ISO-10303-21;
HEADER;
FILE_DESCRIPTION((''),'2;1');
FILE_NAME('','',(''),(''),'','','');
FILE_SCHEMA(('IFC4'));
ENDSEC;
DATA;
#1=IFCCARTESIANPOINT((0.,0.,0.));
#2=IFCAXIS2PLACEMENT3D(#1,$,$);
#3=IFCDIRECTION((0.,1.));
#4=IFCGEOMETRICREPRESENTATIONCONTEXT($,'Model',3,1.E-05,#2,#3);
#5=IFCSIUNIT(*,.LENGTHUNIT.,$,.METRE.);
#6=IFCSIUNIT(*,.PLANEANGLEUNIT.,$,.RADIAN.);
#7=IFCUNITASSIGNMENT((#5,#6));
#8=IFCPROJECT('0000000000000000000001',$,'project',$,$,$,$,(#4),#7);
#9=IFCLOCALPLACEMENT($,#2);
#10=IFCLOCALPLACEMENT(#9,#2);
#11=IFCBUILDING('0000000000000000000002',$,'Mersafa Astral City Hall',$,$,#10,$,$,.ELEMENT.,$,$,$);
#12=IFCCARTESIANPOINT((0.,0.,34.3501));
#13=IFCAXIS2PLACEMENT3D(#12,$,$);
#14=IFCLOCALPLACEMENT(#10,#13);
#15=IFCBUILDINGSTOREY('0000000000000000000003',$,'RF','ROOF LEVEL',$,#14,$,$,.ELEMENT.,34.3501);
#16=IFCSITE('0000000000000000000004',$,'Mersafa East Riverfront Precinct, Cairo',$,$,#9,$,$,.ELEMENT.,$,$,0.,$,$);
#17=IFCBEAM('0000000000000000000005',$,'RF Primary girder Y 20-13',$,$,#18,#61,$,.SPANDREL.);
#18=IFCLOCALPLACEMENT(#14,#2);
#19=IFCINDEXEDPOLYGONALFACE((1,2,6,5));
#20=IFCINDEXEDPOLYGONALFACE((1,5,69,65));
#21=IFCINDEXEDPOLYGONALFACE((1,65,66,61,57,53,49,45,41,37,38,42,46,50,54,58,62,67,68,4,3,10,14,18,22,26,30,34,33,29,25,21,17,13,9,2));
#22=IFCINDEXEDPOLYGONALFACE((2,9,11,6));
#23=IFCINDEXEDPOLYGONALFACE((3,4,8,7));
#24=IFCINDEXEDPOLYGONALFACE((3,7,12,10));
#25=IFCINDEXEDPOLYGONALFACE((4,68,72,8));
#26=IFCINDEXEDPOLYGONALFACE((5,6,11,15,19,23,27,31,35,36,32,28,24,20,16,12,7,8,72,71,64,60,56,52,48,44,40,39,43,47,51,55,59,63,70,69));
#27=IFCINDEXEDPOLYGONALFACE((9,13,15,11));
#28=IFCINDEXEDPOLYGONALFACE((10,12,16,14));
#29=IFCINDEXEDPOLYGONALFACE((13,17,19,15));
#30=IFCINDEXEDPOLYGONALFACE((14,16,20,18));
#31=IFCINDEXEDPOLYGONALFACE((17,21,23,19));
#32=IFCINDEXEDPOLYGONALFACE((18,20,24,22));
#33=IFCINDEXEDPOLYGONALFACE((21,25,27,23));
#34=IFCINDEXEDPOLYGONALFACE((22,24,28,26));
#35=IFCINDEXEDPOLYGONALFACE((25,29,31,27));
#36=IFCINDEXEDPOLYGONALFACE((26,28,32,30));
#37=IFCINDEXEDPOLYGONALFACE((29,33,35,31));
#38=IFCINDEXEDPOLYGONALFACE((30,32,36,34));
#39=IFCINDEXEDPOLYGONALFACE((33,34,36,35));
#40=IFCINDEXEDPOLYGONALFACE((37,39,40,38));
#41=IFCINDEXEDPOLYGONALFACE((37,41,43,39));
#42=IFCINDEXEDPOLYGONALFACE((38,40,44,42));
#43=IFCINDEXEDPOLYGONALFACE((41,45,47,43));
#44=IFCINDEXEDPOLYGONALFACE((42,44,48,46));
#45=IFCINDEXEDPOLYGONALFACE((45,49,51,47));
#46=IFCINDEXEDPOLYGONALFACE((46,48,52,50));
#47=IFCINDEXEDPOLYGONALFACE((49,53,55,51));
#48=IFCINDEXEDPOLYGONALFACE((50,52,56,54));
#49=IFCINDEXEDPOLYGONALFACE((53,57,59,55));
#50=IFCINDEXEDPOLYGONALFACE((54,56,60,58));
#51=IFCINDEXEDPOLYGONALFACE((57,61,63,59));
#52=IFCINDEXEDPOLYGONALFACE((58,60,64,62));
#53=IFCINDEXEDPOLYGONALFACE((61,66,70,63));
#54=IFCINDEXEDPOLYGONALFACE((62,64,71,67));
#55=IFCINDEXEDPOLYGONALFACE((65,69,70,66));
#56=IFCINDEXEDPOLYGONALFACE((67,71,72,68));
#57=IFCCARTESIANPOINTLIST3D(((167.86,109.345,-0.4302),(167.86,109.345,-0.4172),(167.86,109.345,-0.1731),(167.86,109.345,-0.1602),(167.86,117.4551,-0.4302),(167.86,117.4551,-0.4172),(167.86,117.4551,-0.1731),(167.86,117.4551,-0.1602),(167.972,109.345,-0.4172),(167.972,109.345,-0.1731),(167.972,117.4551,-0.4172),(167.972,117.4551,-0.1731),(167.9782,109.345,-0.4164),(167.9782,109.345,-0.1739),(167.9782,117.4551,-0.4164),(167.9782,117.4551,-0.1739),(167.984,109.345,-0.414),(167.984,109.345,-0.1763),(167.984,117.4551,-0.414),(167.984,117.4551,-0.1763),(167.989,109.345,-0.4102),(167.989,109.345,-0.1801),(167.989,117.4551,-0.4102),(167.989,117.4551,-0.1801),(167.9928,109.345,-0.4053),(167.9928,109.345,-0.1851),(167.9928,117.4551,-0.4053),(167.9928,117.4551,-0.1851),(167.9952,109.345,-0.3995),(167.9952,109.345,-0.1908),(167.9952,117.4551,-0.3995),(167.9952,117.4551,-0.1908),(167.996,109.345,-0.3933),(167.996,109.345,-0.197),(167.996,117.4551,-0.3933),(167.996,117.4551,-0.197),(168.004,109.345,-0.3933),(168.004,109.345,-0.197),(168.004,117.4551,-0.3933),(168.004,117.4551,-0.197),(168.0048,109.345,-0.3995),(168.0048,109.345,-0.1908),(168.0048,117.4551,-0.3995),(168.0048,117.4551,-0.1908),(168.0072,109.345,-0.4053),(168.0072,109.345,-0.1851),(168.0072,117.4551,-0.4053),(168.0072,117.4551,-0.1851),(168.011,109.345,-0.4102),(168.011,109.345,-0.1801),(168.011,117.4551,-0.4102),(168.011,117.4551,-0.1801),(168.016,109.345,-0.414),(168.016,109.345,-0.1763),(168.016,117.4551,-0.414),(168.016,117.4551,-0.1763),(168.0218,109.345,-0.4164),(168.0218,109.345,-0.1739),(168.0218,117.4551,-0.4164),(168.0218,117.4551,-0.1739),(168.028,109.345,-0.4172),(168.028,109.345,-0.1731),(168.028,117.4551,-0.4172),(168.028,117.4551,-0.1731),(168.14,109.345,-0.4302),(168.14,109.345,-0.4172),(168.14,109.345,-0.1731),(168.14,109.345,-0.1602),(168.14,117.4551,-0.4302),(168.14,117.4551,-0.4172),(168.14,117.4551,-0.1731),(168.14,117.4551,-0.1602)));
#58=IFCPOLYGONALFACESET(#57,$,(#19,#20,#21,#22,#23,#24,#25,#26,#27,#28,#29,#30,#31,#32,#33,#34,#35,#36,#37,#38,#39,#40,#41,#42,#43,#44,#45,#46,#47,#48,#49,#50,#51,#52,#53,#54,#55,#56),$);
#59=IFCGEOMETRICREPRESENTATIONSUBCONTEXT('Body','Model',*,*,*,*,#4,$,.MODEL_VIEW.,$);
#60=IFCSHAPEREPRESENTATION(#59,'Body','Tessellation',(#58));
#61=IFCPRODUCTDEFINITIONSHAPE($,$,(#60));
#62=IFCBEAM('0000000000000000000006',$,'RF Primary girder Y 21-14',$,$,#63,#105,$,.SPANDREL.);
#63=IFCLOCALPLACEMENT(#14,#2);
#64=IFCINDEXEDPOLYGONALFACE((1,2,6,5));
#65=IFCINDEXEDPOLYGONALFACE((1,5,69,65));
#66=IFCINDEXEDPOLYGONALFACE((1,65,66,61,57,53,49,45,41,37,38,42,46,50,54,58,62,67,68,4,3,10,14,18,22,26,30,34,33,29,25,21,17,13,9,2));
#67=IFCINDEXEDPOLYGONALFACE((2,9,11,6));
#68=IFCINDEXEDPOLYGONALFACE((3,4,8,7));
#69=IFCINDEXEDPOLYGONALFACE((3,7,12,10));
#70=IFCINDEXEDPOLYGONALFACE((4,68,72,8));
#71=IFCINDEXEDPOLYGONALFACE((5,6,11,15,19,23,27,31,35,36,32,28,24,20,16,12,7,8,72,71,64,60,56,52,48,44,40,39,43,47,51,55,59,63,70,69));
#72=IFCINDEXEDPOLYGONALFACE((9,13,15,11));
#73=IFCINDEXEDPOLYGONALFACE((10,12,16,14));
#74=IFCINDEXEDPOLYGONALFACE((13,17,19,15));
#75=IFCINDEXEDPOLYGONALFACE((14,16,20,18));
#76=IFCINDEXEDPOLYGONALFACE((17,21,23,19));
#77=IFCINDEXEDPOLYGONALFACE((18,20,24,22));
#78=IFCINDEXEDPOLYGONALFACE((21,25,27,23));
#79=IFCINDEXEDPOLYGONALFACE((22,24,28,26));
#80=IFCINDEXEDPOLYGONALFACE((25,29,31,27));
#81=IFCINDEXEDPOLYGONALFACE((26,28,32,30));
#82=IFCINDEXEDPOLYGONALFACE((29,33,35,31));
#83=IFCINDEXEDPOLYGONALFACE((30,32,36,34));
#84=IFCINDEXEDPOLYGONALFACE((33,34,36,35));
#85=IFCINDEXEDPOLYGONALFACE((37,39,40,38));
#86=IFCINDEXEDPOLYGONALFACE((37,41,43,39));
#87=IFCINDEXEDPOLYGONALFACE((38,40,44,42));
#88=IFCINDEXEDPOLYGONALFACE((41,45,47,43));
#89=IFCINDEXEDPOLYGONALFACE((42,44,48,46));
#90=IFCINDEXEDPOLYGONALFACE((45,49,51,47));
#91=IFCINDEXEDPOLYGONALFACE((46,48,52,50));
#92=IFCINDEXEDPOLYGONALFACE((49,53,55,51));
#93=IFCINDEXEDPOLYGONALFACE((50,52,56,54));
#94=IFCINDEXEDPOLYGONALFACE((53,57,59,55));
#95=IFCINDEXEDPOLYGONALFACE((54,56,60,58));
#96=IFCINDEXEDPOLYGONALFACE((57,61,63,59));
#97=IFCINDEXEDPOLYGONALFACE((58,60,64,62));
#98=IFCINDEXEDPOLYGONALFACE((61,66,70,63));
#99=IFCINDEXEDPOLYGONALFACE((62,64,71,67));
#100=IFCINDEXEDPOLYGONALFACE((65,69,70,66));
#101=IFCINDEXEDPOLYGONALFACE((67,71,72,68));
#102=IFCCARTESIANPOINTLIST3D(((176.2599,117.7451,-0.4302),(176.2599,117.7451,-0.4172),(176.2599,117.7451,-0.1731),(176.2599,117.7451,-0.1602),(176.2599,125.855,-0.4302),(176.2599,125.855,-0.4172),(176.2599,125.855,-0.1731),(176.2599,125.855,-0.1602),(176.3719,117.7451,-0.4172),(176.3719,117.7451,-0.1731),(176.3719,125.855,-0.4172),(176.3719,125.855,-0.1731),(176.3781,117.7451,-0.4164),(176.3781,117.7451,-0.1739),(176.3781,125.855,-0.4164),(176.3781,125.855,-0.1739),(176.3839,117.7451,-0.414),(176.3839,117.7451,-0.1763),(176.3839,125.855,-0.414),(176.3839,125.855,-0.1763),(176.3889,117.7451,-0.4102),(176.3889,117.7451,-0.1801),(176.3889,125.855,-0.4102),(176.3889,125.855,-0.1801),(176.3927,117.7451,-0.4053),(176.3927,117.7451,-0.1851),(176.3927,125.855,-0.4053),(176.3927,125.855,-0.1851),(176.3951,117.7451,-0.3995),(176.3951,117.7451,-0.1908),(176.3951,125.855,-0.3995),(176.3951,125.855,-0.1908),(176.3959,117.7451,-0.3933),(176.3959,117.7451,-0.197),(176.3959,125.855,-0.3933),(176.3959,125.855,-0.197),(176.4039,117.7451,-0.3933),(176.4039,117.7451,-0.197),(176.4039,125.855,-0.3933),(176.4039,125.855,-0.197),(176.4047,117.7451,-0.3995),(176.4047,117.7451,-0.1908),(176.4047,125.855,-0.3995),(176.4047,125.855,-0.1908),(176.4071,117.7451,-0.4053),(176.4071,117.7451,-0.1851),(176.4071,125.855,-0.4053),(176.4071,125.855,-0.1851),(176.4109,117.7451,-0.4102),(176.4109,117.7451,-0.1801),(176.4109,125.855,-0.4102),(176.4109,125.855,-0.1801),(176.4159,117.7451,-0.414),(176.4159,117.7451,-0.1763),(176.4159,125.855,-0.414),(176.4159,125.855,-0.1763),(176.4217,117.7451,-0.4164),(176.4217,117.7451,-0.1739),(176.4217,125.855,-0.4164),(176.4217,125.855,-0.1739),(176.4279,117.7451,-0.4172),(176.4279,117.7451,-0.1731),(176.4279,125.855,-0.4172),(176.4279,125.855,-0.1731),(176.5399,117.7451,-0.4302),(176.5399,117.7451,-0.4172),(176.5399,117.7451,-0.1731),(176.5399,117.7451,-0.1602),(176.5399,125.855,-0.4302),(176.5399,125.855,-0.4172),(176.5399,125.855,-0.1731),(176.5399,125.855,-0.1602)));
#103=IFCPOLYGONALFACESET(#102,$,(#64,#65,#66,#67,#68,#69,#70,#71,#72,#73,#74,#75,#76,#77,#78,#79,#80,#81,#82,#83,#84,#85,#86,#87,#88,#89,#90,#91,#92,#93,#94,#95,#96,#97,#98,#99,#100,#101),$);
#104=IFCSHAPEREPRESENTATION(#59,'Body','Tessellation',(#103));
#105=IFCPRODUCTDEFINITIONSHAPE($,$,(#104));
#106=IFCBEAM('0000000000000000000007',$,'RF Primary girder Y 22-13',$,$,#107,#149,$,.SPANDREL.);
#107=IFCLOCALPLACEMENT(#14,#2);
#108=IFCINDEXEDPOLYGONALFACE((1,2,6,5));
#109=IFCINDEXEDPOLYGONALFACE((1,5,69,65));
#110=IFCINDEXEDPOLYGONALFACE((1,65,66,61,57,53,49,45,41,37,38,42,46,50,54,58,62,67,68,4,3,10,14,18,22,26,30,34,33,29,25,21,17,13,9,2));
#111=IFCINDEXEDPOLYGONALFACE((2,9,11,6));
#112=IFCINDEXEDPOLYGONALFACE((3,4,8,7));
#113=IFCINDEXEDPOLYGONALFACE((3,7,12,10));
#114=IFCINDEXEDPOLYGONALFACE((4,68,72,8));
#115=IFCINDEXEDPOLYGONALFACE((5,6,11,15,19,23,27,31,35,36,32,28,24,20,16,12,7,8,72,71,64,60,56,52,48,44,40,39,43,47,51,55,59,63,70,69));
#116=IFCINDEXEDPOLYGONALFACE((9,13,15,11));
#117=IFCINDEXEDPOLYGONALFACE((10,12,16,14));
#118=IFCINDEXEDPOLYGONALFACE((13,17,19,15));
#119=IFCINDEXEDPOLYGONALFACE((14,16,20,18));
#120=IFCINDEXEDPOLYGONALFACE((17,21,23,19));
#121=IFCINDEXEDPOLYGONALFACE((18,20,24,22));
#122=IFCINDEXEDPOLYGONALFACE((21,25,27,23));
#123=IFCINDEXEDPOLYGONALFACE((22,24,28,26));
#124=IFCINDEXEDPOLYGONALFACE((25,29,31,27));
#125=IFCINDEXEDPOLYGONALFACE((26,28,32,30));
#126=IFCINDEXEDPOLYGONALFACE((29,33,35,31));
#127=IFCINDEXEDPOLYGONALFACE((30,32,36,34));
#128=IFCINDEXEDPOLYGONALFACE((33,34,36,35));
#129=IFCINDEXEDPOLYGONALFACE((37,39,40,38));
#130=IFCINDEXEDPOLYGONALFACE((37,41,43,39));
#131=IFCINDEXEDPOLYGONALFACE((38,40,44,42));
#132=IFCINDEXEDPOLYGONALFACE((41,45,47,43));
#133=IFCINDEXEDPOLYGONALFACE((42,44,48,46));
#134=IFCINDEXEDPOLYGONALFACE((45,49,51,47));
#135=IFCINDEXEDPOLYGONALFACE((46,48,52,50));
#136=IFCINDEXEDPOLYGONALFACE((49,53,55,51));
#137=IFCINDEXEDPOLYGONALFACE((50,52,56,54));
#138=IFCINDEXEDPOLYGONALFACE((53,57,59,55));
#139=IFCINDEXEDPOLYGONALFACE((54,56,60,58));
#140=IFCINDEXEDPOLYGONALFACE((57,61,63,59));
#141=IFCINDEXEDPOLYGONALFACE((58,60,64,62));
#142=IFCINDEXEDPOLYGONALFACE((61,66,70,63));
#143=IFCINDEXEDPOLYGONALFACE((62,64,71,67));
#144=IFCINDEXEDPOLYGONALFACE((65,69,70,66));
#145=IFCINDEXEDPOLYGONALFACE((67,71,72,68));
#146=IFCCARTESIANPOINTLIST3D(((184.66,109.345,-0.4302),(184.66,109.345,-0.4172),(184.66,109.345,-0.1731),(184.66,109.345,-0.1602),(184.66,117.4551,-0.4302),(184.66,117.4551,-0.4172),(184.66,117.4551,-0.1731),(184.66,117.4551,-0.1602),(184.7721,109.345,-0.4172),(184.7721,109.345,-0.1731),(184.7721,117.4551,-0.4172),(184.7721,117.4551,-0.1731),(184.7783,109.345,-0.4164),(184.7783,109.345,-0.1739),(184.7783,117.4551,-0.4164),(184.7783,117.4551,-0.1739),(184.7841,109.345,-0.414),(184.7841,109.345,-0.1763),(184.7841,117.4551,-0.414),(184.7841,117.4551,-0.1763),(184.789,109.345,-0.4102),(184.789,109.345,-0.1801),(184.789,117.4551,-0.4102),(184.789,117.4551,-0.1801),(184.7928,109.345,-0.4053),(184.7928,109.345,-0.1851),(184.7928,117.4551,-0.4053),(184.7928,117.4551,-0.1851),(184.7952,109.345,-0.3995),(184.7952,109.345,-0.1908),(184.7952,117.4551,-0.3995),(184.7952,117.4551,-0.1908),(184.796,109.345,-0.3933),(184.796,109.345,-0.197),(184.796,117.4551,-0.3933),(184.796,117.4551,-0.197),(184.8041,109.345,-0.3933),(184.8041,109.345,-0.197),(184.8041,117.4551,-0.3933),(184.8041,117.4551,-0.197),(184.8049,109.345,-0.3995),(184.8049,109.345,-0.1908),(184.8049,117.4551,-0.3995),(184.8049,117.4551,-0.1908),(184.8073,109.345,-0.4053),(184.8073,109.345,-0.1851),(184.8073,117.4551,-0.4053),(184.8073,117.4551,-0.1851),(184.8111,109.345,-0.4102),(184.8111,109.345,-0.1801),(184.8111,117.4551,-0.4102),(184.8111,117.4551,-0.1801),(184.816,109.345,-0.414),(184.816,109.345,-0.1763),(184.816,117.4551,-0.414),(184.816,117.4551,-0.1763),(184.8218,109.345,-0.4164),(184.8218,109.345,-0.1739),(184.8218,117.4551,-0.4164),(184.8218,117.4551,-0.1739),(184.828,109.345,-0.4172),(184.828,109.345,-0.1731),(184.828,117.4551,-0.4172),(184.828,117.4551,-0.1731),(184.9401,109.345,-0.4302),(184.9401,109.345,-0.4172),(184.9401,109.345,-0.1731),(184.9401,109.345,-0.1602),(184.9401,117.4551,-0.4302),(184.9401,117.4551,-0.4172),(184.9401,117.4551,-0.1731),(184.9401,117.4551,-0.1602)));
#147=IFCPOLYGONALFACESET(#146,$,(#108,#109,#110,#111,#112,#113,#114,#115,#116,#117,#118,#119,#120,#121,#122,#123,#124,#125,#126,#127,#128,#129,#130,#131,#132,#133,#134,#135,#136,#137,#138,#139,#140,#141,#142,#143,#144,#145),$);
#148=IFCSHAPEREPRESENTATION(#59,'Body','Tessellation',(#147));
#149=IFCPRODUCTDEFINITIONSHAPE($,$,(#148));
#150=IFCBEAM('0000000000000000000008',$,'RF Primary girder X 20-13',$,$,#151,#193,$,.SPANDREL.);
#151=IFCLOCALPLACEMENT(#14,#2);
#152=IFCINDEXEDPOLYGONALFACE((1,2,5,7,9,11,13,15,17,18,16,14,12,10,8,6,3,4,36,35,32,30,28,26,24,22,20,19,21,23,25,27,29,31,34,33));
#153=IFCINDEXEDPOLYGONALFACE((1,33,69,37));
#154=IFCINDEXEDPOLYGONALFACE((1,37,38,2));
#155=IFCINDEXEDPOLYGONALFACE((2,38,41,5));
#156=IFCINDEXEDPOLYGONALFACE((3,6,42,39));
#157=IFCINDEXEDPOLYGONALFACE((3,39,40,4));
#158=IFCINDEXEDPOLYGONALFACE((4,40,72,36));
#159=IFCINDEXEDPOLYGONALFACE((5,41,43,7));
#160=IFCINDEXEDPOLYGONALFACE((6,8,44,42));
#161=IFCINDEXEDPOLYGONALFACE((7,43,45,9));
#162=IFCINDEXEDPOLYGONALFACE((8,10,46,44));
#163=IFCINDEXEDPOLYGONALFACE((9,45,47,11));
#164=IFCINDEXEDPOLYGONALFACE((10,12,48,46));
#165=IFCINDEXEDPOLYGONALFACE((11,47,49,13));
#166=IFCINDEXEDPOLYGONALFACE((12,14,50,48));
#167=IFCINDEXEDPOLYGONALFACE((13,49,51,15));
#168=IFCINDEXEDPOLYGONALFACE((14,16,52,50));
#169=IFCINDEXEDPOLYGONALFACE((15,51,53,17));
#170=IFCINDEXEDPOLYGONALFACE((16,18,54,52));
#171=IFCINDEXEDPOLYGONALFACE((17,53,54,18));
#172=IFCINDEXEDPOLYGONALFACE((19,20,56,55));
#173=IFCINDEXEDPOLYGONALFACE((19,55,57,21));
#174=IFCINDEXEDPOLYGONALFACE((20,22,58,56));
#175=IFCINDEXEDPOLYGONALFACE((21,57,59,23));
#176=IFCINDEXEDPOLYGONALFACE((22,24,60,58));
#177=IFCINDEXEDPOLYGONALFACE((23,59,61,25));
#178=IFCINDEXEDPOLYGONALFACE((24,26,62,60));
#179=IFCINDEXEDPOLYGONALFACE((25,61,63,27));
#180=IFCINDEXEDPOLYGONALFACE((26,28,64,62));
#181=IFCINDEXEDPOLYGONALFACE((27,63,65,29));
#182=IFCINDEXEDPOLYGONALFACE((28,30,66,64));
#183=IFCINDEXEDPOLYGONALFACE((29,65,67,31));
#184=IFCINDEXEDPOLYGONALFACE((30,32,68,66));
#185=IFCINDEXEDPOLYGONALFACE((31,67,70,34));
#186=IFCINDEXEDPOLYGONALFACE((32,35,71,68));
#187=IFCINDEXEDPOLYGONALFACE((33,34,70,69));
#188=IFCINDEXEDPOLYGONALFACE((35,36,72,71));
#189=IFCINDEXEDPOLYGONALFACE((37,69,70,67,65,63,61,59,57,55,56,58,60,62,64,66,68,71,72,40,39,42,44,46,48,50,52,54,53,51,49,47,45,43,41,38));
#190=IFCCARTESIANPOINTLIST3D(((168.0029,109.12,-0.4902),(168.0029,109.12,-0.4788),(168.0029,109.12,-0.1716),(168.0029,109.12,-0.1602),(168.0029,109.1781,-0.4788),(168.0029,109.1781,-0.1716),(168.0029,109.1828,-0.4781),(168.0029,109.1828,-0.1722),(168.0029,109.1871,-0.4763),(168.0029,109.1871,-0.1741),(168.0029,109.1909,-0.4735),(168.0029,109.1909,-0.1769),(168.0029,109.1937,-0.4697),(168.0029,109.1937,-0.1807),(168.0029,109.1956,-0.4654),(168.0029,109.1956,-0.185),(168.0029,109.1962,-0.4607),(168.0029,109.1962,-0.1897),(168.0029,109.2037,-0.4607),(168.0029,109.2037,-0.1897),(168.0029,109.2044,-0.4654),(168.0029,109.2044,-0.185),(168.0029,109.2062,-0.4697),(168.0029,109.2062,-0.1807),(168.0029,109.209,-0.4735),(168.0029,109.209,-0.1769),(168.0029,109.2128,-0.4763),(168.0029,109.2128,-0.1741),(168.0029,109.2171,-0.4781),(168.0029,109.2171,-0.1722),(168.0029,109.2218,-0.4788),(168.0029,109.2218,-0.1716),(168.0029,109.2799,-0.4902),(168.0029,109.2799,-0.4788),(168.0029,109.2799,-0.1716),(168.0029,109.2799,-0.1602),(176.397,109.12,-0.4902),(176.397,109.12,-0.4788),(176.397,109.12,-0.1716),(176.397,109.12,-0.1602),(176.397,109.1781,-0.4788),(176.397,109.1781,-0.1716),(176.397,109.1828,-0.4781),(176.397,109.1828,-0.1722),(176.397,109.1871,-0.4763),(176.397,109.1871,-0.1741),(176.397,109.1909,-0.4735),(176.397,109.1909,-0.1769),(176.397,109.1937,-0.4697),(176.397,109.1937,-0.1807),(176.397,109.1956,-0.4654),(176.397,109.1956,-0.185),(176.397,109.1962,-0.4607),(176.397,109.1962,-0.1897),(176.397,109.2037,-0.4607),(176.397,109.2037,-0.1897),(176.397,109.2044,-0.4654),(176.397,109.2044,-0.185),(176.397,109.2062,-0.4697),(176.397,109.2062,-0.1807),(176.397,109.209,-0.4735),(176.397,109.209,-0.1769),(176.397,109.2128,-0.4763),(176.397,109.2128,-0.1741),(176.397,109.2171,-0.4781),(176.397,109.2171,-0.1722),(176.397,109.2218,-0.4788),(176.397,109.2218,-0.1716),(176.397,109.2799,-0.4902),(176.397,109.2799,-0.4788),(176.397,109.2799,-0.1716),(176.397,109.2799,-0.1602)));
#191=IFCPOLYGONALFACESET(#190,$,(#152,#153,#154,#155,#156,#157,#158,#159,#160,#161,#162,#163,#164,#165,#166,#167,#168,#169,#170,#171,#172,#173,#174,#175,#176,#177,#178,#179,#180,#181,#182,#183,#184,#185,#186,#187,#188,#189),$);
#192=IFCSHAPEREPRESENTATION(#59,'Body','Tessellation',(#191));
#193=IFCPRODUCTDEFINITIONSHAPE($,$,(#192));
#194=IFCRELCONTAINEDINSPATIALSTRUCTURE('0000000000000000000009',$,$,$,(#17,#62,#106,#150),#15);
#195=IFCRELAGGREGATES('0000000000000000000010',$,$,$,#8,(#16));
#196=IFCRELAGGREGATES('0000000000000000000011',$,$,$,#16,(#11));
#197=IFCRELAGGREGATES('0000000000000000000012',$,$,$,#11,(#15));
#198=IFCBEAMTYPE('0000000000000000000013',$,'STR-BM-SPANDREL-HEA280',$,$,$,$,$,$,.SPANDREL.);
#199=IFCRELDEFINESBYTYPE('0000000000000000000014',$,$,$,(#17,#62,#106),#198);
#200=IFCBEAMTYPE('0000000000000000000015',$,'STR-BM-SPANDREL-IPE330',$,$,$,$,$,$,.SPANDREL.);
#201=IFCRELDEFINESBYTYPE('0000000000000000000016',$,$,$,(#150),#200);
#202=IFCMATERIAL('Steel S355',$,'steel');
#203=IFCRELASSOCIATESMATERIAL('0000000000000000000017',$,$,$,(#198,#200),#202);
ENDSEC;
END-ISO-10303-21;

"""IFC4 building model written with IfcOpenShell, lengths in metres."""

from ifc_helpers import new_model, si_unit, direction, frame, origin, origin_2d, place, context, subcontext, project, spatial, i_section, extrude, material, material_profile, profile_set, type_object, element, save


model = new_model("IFC4")

# Units and contexts
model_context = context("Model", 3, precision=1e-05, world=origin(), true_north=direction((0.0, 1.0)))
body_context = subcontext(model_context, "Body", "Model", "MODEL_VIEW")
ifc_project = project(units=[si_unit("LENGTHUNIT", "METRE"), si_unit("PLANEANGLEUNIT", "RADIAN")], contexts=[model_context])

# Site, building, storey
site_placement = place(None, origin())
site = spatial("IfcSite", under=ifc_project, at=site_placement, Name="Mersafa East Riverfront Precinct, Cairo", CompositionType="ELEMENT", RefElevation=0.0)
building_placement = place(site_placement, origin())
building = spatial("IfcBuilding", under=site, at=building_placement, Name="Mersafa Astral City Hall", CompositionType="ELEMENT")
storey_placement = place(building_placement, frame((0.0, 0.0, 34.3501)))
storey = spatial("IfcBuildingStorey", under=building, at=storey_placement, Name="RF", Description="ROOF LEVEL", CompositionType="ELEMENT", Elevation=34.3501)

# Shared definitions
ifc_material_1 = material(Name="Steel S355", Category="steel")

# Beams
ifc_material_profile_1 = material_profile(ifc_material_1, i_section(OverallWidth=0.28, OverallDepth=0.27, WebThickness=0.0081, FlangeThickness=0.0129, FilletRadius=0.0239, at=origin_2d()), Name="HEA 280")
ifc_profile_set_1 = profile_set([ifc_material_profile_1], Name="Steel S355")
beam_type_1 = type_object("IfcBeamType", Name="STR-BM-SPANDREL-HEA280", PredefinedType="SPANDREL", material=ifc_profile_set_1)
beam_1_placement = place(storey_placement, frame((168.0, 109.345, -0.2952), z_axis=(0.0, 1.0, 0.0), x_axis=(-1.0, 0.0, 0.0)))
element("IfcBeam", 1, at=beam_1_placement, inside=storey, type_object=beam_type_1, Name="RF Primary girder Y 20-13", PredefinedType="SPANDREL", context=body_context, shape_type="SweptSolid", body=[
    extrude(i_section(OverallWidth=0.28, OverallDepth=0.27, WebThickness=0.0081, FlangeThickness=0.0129, FilletRadius=0.0239, at=origin_2d()), origin(), (0.0, 0.0, 1.0), 8.1101),
])
beam_2_placement = place(storey_placement, frame((176.3999, 117.7451, -0.2952), z_axis=(0.0, 1.0, 0.0), x_axis=(-1.0, 0.0, 0.0)))
element("IfcBeam", 2, at=beam_2_placement, inside=storey, type_object=beam_type_1, Name="RF Primary girder Y 21-14", PredefinedType="SPANDREL", context=body_context, shape_type="SweptSolid", body=[
    extrude(i_section(OverallWidth=0.28, OverallDepth=0.27, WebThickness=0.0081, FlangeThickness=0.0129, FilletRadius=0.0239, at=origin_2d()), origin(), (0.0, 0.0, 1.0), 8.1099),
])
beam_3_placement = place(storey_placement, frame((184.8, 109.345, -0.2952), z_axis=(0.0, 1.0, 0.0), x_axis=(-1.0, 0.0, 0.0)))
element("IfcBeam", 3, at=beam_3_placement, inside=storey, type_object=beam_type_1, Name="RF Primary girder Y 22-13", PredefinedType="SPANDREL", context=body_context, shape_type="SweptSolid", body=[
    extrude(i_section(OverallWidth=0.28, OverallDepth=0.27, WebThickness=0.0081, FlangeThickness=0.0129, FilletRadius=0.0239, at=origin_2d()), origin(), (0.0, 0.0, 1.0), 8.1101),
])
ifc_material_profile_2 = material_profile(ifc_material_1, i_section(OverallWidth=0.1599, OverallDepth=0.3301, WebThickness=0.0076, FlangeThickness=0.0115, FilletRadius=0.0181, at=origin_2d()), Name="IPE 330")
ifc_profile_set_2 = profile_set([ifc_material_profile_2], Name="Steel S355")
beam_type_2 = type_object("IfcBeamType", Name="STR-BM-SPANDREL-IPE330", PredefinedType="SPANDREL", material=ifc_profile_set_2)
for number, where, z_axis, x_axis, name in (
    (4, (168.0029, 109.2, -0.3252), (1.0, 0.0, 0.0), (0.0, 1.0, 0.0), "RF Primary girder X 20-13"),
):
    element("IfcBeam", number, at=place(storey_placement, frame(where, z_axis=z_axis, x_axis=x_axis)), inside=storey, type_object=beam_type_2, Name=name, PredefinedType="SPANDREL", context=body_context, shape_type="SweptSolid", body=[
        extrude(i_section(OverallWidth=0.1599, OverallDepth=0.3301, WebThickness=0.0076, FlangeThickness=0.0115, FilletRadius=0.0181, at=origin_2d()), origin(), (0.0, 0.0, 1.0), 8.394),
    ])

save(model, "model.ifc")
